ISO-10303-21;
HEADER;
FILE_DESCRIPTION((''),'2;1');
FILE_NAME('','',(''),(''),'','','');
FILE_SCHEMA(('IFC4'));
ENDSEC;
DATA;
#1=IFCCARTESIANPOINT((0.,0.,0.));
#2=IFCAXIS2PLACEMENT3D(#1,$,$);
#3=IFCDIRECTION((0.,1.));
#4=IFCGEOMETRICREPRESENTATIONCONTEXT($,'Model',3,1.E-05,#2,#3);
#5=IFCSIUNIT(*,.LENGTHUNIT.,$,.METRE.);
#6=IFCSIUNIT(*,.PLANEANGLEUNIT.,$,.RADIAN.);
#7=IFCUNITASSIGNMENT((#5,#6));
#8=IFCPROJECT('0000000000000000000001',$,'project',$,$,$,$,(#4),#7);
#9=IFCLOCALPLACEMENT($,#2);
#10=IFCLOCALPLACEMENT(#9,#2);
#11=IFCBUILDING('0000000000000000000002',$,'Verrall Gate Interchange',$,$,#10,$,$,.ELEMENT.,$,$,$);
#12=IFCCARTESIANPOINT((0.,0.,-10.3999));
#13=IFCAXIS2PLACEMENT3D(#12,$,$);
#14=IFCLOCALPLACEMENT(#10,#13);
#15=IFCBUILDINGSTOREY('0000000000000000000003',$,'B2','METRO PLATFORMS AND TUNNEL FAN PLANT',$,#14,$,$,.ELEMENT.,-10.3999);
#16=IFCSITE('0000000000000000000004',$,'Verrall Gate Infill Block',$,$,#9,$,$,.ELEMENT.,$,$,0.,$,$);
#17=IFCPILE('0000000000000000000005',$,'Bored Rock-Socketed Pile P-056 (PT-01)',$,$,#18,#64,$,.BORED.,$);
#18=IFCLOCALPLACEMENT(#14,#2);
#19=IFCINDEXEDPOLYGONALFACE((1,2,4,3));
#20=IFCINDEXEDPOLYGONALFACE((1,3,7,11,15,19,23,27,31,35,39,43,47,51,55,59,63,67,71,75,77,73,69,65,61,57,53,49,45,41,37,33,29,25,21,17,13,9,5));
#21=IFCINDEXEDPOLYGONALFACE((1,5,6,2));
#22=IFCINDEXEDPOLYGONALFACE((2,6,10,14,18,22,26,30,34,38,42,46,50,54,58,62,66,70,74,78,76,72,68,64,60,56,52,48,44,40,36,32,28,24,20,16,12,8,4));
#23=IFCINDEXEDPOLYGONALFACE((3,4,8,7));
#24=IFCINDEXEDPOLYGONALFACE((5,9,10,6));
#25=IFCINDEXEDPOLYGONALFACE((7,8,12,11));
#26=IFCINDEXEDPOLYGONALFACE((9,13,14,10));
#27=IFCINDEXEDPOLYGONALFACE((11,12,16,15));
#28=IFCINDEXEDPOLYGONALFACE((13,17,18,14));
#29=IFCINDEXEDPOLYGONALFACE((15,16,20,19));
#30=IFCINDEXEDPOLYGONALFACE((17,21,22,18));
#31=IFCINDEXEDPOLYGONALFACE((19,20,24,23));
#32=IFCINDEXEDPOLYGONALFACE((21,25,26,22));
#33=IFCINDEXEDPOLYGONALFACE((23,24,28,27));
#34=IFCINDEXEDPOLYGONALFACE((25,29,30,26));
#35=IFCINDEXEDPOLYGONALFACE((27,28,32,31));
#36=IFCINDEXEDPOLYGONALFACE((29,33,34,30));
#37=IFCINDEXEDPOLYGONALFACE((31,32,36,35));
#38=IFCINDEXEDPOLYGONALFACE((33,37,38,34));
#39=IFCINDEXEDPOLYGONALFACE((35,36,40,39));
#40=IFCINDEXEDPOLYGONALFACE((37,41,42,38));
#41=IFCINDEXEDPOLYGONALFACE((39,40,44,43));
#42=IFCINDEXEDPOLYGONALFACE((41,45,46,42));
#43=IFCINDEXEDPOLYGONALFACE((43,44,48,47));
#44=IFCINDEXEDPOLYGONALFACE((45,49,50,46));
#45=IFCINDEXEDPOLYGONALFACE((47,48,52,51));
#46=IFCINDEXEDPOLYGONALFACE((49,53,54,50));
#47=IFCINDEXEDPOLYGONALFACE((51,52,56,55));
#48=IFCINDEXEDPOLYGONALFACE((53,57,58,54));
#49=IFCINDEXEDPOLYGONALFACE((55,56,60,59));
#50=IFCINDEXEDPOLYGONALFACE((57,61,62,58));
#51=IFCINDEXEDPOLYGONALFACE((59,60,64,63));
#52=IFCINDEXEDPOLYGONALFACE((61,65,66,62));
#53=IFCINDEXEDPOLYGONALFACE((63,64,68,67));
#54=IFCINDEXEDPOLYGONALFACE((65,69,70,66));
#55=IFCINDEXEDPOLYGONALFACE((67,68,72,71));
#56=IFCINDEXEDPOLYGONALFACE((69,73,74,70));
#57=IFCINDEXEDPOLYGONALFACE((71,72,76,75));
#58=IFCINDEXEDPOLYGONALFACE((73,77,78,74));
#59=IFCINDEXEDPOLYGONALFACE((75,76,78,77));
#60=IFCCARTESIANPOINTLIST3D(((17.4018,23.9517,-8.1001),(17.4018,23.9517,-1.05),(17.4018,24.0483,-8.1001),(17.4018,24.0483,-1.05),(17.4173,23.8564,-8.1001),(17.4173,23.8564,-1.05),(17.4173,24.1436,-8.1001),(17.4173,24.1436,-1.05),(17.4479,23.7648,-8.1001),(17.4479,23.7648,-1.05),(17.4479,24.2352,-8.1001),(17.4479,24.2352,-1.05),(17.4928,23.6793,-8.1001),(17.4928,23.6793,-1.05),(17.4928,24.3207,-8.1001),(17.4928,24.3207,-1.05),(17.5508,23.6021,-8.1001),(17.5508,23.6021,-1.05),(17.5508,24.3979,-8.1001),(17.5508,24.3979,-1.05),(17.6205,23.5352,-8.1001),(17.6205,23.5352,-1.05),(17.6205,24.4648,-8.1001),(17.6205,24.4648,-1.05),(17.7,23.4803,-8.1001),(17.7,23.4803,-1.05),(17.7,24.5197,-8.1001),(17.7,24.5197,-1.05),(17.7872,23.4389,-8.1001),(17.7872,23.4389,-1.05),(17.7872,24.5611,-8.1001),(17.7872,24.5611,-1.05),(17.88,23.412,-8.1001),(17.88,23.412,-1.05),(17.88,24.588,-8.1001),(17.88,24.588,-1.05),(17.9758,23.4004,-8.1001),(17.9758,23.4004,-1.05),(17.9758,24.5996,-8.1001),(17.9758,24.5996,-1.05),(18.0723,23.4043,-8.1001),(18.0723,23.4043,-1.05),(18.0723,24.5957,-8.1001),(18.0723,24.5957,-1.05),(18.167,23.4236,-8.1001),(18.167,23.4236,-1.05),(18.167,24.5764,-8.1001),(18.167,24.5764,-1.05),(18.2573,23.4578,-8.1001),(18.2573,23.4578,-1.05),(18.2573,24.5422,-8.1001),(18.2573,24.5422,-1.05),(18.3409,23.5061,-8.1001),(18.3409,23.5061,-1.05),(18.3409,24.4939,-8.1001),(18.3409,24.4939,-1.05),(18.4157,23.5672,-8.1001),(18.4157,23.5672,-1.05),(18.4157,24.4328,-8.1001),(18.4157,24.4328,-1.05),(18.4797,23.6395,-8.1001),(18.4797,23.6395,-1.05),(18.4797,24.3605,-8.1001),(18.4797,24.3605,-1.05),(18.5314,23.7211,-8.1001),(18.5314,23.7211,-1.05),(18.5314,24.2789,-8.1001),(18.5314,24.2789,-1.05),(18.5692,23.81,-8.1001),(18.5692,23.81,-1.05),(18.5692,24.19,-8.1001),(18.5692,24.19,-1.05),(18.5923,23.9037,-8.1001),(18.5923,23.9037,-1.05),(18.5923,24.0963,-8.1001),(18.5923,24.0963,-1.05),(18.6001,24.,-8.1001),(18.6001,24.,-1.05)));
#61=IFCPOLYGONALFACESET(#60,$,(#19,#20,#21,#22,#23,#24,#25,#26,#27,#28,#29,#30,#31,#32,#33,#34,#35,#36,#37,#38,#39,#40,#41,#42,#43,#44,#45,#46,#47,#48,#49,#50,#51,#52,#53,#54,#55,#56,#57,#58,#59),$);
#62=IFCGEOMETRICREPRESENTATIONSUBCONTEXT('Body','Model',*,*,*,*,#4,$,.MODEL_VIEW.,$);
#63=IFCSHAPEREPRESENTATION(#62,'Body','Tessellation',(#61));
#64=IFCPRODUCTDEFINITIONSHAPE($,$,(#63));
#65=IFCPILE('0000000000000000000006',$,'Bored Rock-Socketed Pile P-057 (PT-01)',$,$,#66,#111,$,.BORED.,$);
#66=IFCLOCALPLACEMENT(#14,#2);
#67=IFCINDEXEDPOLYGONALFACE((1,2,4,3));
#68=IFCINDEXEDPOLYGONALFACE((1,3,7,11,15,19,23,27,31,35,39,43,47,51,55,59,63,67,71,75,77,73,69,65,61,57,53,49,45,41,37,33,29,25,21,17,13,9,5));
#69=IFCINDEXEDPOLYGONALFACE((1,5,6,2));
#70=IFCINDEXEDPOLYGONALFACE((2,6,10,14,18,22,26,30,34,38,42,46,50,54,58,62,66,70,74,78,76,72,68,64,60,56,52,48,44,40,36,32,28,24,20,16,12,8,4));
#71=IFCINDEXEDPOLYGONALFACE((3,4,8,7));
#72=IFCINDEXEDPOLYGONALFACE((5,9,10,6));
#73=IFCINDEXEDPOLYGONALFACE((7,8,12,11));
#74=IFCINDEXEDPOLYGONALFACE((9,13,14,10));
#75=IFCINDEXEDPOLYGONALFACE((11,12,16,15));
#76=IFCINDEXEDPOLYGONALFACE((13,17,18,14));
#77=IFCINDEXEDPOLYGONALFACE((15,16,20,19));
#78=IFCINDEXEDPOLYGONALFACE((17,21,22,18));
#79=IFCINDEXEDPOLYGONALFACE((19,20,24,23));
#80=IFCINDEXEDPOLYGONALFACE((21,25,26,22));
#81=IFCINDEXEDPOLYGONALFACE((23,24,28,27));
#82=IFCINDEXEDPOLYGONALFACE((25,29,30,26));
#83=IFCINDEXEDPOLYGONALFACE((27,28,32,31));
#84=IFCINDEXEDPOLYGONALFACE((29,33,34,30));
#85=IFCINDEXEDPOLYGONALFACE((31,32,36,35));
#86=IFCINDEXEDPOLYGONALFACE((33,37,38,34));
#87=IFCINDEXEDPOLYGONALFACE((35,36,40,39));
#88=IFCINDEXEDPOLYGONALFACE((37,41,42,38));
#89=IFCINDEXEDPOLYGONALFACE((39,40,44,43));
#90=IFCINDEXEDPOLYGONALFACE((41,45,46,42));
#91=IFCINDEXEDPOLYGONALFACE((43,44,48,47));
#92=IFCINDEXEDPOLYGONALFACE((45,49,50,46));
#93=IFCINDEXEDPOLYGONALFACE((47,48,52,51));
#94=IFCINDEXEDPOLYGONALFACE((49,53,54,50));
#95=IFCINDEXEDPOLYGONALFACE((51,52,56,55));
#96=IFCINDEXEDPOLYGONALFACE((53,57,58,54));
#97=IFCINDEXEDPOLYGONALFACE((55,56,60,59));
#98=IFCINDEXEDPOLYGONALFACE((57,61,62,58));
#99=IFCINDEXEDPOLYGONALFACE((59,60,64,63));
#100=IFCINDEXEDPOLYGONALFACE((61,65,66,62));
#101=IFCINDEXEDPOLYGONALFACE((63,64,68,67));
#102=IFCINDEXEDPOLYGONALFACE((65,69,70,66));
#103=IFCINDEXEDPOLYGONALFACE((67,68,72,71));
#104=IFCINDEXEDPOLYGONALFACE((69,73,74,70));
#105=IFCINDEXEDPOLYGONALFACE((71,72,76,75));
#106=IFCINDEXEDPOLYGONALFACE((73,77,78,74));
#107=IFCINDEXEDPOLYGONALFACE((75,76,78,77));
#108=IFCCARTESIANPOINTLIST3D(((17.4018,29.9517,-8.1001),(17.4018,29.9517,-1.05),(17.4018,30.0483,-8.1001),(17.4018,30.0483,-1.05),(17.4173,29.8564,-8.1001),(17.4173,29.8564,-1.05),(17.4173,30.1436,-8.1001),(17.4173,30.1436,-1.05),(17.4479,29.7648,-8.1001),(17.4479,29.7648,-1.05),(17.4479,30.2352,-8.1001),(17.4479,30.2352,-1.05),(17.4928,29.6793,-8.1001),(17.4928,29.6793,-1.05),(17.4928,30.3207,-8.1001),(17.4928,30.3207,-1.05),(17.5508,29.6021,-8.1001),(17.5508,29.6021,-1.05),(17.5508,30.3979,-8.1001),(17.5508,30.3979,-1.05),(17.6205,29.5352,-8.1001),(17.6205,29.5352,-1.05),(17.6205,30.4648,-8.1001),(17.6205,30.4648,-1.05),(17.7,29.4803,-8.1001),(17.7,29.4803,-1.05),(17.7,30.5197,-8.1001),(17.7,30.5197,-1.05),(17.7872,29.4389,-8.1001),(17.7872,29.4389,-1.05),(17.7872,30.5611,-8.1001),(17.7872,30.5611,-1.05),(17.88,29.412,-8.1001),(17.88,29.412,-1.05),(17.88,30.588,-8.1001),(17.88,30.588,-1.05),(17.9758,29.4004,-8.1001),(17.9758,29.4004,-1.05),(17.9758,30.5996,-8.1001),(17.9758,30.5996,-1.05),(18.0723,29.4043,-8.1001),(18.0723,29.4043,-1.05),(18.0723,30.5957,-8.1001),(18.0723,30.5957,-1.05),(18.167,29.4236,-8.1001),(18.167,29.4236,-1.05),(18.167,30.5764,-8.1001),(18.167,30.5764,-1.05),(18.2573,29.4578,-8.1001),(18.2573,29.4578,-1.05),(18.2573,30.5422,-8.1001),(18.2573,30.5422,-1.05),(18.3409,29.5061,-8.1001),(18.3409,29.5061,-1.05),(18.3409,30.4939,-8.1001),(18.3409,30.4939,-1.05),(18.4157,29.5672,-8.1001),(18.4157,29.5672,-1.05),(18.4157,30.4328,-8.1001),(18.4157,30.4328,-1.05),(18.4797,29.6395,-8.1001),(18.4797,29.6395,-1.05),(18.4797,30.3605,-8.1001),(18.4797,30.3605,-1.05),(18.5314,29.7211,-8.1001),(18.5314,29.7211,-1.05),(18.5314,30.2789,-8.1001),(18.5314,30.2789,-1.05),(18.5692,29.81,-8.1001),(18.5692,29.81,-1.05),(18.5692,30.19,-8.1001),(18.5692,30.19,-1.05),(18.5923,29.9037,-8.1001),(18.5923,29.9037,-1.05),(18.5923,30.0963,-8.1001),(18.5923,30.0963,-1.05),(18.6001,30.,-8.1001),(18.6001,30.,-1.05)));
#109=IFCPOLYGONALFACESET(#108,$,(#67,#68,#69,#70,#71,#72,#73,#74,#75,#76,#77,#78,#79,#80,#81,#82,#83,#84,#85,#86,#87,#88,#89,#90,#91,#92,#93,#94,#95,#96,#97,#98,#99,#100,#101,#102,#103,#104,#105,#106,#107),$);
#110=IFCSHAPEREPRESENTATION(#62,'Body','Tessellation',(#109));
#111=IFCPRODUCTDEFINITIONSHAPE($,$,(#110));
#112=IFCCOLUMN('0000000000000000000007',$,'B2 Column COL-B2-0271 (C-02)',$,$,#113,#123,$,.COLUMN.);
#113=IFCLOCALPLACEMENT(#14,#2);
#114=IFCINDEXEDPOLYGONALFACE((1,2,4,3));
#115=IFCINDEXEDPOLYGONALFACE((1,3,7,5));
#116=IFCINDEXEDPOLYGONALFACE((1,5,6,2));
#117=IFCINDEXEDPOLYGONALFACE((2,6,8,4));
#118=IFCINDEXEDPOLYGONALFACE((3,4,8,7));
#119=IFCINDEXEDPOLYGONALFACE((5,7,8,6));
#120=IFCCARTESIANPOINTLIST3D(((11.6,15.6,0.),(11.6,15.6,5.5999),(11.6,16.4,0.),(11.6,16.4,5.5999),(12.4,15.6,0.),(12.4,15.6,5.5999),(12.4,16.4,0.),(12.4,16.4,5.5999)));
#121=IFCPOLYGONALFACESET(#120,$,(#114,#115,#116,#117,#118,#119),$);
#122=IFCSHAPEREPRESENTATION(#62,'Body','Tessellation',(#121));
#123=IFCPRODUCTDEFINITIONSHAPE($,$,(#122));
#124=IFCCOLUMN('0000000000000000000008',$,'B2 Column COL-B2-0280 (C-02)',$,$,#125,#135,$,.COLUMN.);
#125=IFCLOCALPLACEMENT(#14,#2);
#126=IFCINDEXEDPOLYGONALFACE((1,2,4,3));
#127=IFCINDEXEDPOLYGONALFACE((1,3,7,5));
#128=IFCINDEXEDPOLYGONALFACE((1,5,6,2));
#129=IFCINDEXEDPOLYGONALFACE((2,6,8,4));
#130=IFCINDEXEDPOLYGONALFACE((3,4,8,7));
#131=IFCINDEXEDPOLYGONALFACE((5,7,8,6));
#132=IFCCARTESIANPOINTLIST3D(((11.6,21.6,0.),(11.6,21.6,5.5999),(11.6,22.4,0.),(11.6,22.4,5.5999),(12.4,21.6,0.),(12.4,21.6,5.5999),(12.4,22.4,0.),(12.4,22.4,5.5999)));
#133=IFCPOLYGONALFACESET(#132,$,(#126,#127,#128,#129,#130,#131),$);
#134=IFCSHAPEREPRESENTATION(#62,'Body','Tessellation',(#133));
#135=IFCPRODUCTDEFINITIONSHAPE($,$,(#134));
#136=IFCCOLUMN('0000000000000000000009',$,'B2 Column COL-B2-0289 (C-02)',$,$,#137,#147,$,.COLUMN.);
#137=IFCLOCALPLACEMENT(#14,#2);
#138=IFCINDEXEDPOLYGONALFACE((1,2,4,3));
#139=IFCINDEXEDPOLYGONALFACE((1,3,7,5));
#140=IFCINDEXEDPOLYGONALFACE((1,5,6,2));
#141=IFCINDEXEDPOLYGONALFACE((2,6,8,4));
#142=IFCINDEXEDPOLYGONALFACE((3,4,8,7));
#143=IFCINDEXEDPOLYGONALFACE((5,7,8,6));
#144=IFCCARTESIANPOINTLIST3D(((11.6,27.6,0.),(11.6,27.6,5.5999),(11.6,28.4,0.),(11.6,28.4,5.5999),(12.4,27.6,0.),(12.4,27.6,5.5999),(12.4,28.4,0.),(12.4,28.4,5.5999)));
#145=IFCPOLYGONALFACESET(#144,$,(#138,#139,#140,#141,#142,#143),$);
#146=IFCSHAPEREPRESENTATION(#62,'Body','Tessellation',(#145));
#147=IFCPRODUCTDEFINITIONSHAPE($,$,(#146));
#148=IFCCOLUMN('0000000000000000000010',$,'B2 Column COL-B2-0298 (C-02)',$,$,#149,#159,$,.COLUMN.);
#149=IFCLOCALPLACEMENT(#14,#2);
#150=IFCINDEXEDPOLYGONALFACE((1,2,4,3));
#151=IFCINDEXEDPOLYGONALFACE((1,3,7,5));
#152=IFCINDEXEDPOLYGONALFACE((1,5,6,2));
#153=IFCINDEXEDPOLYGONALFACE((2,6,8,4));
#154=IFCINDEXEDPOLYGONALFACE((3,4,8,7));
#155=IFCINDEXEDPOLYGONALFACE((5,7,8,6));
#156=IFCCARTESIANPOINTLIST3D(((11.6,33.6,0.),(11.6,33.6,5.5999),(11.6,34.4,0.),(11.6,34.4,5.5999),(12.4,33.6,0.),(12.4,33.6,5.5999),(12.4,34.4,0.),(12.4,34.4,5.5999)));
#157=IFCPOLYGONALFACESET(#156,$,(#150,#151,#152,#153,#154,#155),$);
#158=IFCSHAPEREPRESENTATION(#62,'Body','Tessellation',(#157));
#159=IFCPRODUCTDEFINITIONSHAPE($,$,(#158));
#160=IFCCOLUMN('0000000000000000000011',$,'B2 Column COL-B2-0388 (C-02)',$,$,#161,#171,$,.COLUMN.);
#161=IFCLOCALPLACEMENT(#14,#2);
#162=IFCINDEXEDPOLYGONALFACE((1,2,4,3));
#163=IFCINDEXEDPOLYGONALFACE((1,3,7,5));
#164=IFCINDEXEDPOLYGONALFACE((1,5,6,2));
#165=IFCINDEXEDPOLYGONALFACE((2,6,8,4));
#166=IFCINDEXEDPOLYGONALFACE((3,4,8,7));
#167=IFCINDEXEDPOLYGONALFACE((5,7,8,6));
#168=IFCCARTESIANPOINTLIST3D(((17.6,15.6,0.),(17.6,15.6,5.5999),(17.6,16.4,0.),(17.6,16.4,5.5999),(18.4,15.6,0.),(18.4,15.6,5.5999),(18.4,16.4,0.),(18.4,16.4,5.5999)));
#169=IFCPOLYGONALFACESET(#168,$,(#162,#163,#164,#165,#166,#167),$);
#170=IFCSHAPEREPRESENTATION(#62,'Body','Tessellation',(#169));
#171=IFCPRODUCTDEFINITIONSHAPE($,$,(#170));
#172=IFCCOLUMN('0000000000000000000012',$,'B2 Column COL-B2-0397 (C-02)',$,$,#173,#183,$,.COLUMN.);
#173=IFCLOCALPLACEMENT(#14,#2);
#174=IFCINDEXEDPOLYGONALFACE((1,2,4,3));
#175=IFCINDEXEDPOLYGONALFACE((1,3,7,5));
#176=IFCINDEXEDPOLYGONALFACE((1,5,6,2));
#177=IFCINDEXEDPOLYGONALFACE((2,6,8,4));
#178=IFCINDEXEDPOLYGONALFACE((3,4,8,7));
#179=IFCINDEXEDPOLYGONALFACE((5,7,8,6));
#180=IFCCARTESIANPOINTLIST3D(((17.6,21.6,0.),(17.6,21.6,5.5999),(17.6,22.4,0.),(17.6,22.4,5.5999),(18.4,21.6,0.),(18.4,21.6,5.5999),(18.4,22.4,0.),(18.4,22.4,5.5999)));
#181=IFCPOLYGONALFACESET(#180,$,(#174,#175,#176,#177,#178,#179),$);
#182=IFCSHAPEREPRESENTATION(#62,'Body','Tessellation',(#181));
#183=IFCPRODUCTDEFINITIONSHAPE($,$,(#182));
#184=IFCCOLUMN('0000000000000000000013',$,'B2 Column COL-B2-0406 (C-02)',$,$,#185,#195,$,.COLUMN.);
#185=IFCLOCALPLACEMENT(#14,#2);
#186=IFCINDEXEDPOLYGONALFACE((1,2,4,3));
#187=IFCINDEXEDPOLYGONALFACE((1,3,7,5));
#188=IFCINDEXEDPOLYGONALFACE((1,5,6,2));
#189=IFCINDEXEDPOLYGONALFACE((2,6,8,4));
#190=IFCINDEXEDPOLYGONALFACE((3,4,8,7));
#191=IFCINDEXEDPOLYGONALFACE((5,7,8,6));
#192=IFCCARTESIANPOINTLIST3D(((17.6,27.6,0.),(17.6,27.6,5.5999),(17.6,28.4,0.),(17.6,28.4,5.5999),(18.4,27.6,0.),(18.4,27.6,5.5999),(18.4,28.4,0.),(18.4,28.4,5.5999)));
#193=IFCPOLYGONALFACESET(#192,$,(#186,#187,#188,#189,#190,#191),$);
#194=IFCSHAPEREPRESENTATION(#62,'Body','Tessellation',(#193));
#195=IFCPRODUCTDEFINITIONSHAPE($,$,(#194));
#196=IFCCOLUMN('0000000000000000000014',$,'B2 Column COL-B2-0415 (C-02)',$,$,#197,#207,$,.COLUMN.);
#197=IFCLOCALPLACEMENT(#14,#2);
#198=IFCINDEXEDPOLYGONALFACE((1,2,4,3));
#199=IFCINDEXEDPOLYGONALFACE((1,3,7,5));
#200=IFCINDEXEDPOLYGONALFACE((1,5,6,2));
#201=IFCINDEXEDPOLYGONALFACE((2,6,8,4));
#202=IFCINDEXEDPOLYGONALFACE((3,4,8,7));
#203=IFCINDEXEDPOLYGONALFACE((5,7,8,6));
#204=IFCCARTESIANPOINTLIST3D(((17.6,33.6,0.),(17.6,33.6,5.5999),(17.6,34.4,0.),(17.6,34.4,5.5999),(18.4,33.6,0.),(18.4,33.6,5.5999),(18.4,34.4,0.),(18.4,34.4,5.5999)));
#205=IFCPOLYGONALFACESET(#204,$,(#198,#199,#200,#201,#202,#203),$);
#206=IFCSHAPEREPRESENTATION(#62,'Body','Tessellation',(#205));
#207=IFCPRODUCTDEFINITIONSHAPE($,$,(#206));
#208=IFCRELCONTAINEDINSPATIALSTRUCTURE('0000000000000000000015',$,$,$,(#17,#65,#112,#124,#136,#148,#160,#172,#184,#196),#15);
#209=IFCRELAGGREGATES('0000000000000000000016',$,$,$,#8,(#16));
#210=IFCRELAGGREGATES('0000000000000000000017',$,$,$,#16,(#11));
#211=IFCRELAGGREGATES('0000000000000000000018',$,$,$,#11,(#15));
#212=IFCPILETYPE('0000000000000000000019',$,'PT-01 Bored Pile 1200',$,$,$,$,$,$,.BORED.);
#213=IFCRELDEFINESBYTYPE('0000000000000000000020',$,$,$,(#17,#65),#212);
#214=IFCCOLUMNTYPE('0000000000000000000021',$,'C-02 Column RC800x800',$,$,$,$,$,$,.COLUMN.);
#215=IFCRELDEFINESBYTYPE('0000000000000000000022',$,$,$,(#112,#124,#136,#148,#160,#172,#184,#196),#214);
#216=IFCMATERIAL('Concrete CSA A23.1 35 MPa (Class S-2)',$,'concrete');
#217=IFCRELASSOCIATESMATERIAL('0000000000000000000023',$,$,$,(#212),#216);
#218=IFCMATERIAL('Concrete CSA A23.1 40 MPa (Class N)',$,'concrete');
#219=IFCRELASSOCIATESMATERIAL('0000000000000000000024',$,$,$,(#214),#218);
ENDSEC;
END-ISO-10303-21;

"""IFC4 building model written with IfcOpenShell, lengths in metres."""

from ifc_helpers import new_model, si_unit, direction, frame, origin, origin_2d, place, context, subcontext, project, spatial, rectangle, circle, extrude, material, material_profile, profile_set, type_object, element, save


model = new_model("IFC4")

# Units and contexts
model_context = context("Model", 3, precision=1e-05, world=origin(), true_north=direction((0.0, 1.0)))
body_context = subcontext(model_context, "Body", "Model", "MODEL_VIEW")
ifc_project = project(units=[si_unit("LENGTHUNIT", "METRE"), si_unit("PLANEANGLEUNIT", "RADIAN")], contexts=[model_context])

# Site, building, storey
site_placement = place(None, origin())
site = spatial("IfcSite", under=ifc_project, at=site_placement, Name="Verrall Gate Infill Block", CompositionType="ELEMENT", RefElevation=0.0)
building_placement = place(site_placement, origin())
building = spatial("IfcBuilding", under=site, at=building_placement, Name="Verrall Gate Interchange", CompositionType="ELEMENT")
storey_placement = place(building_placement, frame((0.0, 0.0, -10.3999)))
storey = spatial("IfcBuildingStorey", under=building, at=storey_placement, Name="B2", Description="METRO PLATFORMS AND TUNNEL FAN PLANT", CompositionType="ELEMENT", Elevation=-10.3999)

# Piles
ifc_material_1 = material(Name="Concrete CSA A23.1 35 MPa (Class S-2)", Category="concrete")
ifc_material_profile_1 = material_profile(ifc_material_1, circle(Radius=0.6001, at=origin_2d()), Name="PILE1200D")
ifc_profile_set_1 = profile_set([ifc_material_profile_1], Name="Concrete CSA A23.1 35 MPa (Class S-2)")
pile_type = type_object("IfcPileType", Name="PT-01 Bored Pile 1200", PredefinedType="BORED", material=ifc_profile_set_1)
for number, where, z_axis, x_axis, name in (
    (1, (18.0, 24.0, -1.05), (0.0, 0.0, -1.0), (1.0, 0.0, 0.0), "Bored Rock-Socketed Pile P-056 (PT-01)"),
    (2, (18.0, 30.0, -1.05), (0.0, 0.0, -1.0), (1.0, 0.0, 0.0), "Bored Rock-Socketed Pile P-057 (PT-01)"),
):
    element("IfcPile", number, at=place(storey_placement, frame(where, z_axis=z_axis, x_axis=x_axis)), inside=storey, type_object=pile_type, Name=name, PredefinedType="BORED", context=body_context, shape_type="SweptSolid", body=[
        extrude(circle(Radius=0.6001, at=origin_2d()), origin(), (0.0, 0.0, 1.0), 7.05),
    ])

# Columns
ifc_material_2 = material(Name="Concrete CSA A23.1 40 MPa (Class N)", Category="concrete")
ifc_material_profile_2 = material_profile(ifc_material_2, rectangle(XDim=0.8, YDim=0.8, at=origin_2d()), Name="RC800x800")
ifc_profile_set_2 = profile_set([ifc_material_profile_2], Name="Concrete CSA A23.1 40 MPa (Class N)")
column_type = type_object("IfcColumnType", Name="C-02 Column RC800x800", PredefinedType="COLUMN", material=ifc_profile_set_2)
for number, where, z_axis, x_axis, name in (
    (3, (12.0, 16.0, 0.0), (0.0, 0.0, 1.0), (1.0, 0.0, 0.0), "B2 Column COL-B2-0271 (C-02)"),
    (4, (12.0, 22.0, 0.0), (0.0, 0.0, 1.0), (1.0, 0.0, 0.0), "B2 Column COL-B2-0280 (C-02)"),
    (5, (12.0, 28.0, 0.0), (0.0, 0.0, 1.0), (1.0, 0.0, 0.0), "B2 Column COL-B2-0289 (C-02)"),
    (6, (12.0, 34.0, 0.0), (0.0, 0.0, 1.0), (1.0, 0.0, 0.0), "B2 Column COL-B2-0298 (C-02)"),
    (7, (18.0, 16.0, 0.0), (0.0, 0.0, 1.0), (1.0, 0.0, 0.0), "B2 Column COL-B2-0388 (C-02)"),
    (8, (18.0, 22.0, 0.0), (0.0, 0.0, 1.0), (1.0, 0.0, 0.0), "B2 Column COL-B2-0397 (C-02)"),
    (9, (18.0, 28.0, 0.0), (0.0, 0.0, 1.0), (1.0, 0.0, 0.0), "B2 Column COL-B2-0406 (C-02)"),
    (10, (18.0, 34.0, 0.0), (0.0, 0.0, 1.0), (1.0, 0.0, 0.0), "B2 Column COL-B2-0415 (C-02)"),
):
    element("IfcColumn", number, at=place(storey_placement, frame(where, z_axis=z_axis, x_axis=x_axis)), inside=storey, type_object=column_type, Name=name, PredefinedType="COLUMN", context=body_context, shape_type="SweptSolid", body=[
        extrude(rectangle(XDim=0.8, YDim=0.8, at=origin_2d()), origin(), (0.0, 0.0, 1.0), 5.5999),
    ])

save(model, "model.ifc")
